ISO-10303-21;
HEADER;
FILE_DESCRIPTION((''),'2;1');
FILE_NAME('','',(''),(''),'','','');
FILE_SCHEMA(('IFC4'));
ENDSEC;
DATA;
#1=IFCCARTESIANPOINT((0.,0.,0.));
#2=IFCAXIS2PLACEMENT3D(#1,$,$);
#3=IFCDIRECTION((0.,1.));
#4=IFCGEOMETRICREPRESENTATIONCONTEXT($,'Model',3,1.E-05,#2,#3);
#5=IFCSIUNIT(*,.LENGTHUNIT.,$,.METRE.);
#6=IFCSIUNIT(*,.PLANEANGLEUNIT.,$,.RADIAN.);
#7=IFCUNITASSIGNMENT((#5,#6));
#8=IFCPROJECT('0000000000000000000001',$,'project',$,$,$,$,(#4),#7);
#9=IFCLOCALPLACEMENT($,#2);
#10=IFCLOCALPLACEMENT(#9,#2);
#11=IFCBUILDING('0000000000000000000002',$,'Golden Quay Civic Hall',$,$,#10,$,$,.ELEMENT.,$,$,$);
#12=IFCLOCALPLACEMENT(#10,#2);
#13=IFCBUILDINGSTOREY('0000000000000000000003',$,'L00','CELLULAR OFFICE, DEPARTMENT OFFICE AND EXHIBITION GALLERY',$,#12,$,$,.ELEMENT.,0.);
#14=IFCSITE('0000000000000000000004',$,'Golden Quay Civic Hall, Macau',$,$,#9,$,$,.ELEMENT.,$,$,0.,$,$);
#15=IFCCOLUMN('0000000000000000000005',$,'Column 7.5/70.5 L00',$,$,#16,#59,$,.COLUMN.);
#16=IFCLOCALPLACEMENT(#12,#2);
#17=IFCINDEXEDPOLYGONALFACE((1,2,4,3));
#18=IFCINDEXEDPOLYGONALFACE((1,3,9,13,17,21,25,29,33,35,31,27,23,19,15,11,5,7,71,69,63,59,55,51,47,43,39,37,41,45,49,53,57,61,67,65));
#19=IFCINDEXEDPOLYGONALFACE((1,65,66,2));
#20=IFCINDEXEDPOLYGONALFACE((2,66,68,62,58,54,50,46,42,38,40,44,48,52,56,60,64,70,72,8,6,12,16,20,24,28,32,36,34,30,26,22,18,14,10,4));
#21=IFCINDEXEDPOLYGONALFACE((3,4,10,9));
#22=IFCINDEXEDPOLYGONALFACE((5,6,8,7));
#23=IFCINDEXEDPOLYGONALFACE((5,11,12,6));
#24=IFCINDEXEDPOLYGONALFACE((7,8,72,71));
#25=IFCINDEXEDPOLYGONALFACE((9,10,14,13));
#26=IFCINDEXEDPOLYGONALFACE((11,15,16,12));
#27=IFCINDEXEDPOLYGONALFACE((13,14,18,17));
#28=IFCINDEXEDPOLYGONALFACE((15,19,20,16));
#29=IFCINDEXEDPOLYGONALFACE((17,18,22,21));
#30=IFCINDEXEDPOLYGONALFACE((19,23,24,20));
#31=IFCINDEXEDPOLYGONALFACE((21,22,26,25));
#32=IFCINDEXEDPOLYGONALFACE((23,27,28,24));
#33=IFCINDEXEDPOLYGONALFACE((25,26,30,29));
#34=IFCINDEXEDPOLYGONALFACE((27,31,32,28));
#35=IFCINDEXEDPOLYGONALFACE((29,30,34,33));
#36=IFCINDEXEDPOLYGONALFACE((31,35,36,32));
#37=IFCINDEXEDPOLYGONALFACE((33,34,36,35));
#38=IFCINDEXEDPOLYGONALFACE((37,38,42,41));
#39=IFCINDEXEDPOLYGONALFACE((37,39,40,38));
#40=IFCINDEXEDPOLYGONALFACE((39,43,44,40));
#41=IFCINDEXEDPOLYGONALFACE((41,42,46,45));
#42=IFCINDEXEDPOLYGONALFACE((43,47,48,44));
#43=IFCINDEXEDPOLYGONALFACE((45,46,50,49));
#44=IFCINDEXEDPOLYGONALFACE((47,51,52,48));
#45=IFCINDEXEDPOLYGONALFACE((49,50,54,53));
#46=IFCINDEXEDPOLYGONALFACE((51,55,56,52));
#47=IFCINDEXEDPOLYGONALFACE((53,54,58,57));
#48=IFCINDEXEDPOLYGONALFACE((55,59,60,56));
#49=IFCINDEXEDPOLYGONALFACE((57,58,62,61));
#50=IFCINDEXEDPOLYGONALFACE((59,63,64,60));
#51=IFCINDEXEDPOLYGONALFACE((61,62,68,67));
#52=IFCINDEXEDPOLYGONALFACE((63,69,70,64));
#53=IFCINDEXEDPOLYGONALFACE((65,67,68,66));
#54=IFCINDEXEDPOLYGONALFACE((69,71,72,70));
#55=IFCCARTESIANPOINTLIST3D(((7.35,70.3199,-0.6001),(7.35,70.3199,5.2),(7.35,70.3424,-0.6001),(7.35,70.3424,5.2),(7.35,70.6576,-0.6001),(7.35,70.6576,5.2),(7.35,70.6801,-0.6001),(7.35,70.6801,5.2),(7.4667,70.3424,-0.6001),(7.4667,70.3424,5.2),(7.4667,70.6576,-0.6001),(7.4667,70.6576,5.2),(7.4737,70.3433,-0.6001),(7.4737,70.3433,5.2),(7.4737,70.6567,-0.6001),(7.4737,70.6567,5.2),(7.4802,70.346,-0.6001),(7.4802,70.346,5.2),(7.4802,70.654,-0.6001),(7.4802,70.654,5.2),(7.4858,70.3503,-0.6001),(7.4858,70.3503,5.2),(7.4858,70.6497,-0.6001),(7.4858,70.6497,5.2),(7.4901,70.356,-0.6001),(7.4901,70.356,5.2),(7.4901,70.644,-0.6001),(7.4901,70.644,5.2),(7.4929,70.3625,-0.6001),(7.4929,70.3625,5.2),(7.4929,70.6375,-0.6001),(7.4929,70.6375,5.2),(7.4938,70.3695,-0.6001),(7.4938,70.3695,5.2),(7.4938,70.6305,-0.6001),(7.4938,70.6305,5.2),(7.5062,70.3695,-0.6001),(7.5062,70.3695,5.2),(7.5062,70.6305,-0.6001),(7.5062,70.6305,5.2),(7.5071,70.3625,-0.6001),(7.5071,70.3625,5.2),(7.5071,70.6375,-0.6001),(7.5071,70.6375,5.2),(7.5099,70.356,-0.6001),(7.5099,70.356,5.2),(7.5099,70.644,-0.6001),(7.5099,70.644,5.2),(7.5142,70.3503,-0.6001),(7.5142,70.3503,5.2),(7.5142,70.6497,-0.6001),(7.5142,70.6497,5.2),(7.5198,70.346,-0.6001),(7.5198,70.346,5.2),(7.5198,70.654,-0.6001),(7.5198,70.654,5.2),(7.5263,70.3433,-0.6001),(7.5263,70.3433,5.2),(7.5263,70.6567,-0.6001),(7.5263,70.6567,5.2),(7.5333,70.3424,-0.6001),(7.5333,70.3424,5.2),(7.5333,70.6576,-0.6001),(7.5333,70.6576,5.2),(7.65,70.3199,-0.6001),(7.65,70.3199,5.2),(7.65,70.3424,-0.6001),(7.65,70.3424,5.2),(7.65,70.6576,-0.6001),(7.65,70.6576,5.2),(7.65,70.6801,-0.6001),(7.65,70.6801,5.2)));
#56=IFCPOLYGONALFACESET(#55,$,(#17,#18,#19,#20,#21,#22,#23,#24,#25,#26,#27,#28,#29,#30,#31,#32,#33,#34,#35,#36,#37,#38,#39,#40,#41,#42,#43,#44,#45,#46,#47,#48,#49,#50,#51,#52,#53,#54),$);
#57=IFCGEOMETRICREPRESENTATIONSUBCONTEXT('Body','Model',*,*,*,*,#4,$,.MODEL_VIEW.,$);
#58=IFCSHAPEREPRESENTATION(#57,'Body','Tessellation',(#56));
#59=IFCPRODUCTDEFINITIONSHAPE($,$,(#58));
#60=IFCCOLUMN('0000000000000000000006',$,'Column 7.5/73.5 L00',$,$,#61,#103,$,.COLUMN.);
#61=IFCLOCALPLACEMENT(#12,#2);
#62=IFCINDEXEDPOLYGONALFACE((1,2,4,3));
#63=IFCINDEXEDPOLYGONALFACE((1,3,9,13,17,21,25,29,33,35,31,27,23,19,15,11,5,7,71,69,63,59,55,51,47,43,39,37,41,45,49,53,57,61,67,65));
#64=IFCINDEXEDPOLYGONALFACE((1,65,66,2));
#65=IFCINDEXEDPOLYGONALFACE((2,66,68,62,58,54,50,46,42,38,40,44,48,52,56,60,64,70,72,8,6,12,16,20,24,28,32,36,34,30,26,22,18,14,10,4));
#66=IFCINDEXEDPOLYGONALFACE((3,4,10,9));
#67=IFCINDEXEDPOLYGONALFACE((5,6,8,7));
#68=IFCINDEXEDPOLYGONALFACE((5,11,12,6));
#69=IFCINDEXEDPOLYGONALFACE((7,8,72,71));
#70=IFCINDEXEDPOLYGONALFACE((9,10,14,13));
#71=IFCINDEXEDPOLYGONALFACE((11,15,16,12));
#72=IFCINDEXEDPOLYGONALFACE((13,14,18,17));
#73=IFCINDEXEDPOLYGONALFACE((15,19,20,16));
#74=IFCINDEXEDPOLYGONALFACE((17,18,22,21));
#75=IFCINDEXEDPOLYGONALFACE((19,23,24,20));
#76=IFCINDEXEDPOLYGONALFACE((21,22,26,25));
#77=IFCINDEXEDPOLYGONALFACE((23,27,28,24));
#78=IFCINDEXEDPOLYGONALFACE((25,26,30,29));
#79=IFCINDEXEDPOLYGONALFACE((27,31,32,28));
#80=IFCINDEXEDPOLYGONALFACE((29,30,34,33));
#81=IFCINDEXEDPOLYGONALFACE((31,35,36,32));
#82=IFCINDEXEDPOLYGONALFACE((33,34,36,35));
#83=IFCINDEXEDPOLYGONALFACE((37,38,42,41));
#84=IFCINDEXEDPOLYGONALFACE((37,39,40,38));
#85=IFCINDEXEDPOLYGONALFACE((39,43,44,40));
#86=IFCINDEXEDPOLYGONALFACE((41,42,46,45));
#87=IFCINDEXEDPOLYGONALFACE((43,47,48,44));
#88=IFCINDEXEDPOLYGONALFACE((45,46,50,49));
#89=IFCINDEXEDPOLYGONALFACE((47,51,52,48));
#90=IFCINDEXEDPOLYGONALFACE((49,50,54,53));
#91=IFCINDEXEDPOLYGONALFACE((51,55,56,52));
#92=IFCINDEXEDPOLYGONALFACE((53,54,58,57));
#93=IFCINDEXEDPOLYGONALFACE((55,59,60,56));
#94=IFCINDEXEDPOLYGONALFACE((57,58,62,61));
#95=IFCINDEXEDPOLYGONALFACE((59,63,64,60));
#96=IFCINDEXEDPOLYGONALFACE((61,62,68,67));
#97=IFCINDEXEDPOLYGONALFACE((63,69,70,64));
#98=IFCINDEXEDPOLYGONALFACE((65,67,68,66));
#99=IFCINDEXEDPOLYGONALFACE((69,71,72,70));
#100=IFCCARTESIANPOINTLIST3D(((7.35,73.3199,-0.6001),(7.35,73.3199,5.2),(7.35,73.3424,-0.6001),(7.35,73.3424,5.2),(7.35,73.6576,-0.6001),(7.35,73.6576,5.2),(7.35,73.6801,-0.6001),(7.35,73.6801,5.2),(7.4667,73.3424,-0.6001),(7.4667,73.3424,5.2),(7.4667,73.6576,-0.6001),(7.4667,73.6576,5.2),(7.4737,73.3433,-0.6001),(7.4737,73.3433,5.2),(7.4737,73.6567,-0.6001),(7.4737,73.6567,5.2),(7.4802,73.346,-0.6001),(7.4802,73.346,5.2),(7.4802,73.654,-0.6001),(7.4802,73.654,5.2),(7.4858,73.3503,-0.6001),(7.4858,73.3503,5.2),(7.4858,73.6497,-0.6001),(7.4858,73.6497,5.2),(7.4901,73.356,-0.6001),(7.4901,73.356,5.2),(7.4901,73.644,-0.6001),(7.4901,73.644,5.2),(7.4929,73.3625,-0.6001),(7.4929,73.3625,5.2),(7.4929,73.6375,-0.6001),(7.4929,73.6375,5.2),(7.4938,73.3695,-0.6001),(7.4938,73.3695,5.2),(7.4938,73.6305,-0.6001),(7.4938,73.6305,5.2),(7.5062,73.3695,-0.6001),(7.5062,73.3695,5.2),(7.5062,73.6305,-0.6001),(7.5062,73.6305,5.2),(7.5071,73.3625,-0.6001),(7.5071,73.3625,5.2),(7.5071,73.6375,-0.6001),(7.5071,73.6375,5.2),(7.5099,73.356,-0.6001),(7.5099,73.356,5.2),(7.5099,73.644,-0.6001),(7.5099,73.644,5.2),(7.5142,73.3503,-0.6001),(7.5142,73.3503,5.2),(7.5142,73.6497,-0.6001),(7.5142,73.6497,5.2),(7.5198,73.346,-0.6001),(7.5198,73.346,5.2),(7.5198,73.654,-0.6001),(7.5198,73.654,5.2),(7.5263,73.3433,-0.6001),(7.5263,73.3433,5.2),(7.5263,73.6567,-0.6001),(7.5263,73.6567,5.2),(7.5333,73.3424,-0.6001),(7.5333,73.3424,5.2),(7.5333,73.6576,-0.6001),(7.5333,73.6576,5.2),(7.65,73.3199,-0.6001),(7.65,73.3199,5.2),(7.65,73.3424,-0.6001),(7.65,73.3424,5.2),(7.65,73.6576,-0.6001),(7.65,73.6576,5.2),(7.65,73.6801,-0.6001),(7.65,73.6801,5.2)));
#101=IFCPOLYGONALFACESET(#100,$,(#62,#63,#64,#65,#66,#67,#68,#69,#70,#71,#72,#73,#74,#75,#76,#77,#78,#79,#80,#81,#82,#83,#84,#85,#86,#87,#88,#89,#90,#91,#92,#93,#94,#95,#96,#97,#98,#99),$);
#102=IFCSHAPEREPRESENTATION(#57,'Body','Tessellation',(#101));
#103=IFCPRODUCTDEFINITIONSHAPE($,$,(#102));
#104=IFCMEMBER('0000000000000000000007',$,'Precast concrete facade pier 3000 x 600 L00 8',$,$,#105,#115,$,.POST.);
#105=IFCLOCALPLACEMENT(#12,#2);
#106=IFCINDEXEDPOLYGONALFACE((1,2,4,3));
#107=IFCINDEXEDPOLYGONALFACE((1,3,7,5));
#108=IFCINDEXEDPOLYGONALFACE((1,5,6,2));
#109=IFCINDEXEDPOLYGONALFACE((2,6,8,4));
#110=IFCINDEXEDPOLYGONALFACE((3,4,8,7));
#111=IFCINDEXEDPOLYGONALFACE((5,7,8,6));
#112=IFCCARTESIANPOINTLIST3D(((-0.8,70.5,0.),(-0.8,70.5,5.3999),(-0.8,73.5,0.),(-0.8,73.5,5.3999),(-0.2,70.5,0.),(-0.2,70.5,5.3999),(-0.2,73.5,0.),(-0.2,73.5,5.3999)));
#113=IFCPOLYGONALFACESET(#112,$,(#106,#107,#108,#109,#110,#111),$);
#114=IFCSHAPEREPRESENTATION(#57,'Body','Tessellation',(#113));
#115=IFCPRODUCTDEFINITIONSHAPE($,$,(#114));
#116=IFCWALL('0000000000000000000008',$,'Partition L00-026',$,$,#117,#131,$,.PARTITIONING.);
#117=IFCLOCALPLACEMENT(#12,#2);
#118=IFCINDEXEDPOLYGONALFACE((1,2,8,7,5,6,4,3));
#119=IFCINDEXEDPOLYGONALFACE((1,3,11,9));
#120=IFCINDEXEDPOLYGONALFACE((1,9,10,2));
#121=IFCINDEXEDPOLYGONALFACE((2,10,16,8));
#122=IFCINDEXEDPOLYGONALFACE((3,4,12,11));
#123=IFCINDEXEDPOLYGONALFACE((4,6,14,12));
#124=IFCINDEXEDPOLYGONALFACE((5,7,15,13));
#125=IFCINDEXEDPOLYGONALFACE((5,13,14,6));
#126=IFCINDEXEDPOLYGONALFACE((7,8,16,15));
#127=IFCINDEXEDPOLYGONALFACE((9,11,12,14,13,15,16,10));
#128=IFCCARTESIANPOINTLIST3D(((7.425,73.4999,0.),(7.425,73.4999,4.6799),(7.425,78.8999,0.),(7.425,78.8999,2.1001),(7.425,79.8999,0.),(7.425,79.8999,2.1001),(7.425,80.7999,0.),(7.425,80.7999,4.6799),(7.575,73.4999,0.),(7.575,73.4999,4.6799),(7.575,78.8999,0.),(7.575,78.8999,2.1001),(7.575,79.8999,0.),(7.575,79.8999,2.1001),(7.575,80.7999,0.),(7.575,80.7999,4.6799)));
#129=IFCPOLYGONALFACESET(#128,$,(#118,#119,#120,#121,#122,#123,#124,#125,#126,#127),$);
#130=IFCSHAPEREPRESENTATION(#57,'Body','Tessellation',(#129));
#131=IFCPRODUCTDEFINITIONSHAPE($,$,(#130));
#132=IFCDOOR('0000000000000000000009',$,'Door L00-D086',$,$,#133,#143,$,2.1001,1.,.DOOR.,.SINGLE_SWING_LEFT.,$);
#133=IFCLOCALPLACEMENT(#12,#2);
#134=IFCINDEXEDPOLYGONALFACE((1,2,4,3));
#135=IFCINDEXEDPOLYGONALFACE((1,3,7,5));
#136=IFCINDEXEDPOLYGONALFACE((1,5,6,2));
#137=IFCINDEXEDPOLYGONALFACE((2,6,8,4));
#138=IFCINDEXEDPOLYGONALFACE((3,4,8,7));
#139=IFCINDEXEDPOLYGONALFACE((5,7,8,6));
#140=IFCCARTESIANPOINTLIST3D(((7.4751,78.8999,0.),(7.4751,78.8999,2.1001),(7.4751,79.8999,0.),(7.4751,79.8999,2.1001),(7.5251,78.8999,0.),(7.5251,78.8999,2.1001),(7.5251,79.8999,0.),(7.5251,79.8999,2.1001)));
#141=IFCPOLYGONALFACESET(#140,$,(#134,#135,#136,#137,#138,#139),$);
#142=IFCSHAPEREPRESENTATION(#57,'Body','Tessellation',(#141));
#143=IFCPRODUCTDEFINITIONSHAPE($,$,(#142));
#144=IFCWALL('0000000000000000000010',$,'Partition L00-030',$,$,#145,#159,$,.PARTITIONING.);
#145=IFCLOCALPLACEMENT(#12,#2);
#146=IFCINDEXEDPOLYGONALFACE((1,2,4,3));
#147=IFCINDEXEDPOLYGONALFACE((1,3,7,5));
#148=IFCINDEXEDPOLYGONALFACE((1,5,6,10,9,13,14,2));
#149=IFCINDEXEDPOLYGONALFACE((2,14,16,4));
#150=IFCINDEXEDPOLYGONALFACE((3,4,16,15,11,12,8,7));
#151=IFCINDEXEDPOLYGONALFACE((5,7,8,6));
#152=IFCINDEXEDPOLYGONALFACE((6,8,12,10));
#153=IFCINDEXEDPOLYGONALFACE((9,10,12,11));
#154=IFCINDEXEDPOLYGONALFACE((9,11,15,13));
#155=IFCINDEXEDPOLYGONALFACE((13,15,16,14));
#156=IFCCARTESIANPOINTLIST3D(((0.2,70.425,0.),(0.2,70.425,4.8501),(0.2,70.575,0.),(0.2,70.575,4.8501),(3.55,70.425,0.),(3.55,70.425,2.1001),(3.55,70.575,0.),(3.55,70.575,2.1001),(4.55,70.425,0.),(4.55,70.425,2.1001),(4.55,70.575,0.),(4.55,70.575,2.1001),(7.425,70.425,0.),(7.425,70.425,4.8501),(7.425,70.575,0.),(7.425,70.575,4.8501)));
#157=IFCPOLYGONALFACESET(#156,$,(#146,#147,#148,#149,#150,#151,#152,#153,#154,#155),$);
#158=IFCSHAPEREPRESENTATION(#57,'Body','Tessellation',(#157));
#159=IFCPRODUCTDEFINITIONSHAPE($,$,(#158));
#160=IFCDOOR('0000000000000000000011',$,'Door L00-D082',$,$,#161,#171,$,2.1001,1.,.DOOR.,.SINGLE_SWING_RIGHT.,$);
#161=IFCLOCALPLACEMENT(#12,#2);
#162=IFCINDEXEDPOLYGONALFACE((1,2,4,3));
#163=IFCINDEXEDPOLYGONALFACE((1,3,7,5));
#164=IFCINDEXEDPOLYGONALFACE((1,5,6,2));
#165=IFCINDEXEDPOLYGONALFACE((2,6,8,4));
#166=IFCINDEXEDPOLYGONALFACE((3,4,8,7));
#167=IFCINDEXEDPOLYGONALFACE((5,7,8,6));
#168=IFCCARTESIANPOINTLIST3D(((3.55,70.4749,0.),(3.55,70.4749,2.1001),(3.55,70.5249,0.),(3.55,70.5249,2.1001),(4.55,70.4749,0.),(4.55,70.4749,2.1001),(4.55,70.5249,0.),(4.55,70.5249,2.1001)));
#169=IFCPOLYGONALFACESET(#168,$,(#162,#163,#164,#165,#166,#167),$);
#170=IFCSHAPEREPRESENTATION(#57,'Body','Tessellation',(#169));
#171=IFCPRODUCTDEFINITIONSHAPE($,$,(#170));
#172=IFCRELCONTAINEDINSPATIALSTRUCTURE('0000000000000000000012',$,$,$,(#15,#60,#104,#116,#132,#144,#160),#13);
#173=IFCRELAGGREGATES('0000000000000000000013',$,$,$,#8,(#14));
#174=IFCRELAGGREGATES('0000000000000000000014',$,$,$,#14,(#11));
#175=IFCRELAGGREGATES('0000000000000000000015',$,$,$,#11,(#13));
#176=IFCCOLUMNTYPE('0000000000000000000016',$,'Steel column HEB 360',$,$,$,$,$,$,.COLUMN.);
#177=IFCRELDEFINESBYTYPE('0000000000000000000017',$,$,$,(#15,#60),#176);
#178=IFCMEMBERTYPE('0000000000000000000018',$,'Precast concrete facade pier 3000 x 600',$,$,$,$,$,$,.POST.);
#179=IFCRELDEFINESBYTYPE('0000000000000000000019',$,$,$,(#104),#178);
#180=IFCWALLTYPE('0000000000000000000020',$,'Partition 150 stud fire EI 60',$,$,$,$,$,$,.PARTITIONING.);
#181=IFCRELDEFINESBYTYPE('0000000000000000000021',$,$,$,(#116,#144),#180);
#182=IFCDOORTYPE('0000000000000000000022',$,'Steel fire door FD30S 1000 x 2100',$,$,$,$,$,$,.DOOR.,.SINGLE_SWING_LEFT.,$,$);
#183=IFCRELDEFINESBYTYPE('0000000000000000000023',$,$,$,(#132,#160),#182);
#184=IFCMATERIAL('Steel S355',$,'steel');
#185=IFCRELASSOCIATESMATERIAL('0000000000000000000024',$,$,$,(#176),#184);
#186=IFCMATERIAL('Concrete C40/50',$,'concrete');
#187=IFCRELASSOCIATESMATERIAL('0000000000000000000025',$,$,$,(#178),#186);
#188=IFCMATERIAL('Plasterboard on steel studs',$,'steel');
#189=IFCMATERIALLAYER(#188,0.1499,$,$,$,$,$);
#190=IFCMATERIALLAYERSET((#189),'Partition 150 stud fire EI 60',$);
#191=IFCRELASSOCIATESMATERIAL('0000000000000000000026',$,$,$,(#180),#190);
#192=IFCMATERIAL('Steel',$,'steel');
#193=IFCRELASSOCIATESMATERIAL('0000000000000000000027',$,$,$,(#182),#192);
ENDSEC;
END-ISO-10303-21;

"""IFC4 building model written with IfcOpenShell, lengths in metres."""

from ifc_helpers import new_model, si_unit, direction, frame, frame_2d, origin, origin_2d, place, context, subcontext, project, spatial, rectangle, i_section, extrude, material, layer, layer_set, material_profile, profile_set, type_object, element, fill, save


model = new_model("IFC4")

# Units and contexts
model_context = context("Model", 3, precision=1e-05, world=origin(), true_north=direction((0.0, 1.0)))
body_context = subcontext(model_context, "Body", "Model", "MODEL_VIEW")
ifc_project = project(units=[si_unit("LENGTHUNIT", "METRE"), si_unit("PLANEANGLEUNIT", "RADIAN")], contexts=[model_context])

# Site, building, storey
site_placement = place(None, origin())
site = spatial("IfcSite", under=ifc_project, at=site_placement, Name="Golden Quay Civic Hall, Macau", CompositionType="ELEMENT", RefElevation=0.0)
building_placement = place(site_placement, origin())
building = spatial("IfcBuilding", under=site, at=building_placement, Name="Golden Quay Civic Hall", CompositionType="ELEMENT")
storey_placement = place(building_placement, origin())
storey = spatial("IfcBuildingStorey", under=building, at=storey_placement, Name="L00", Description="CELLULAR OFFICE, DEPARTMENT OFFICE AND EXHIBITION GALLERY", CompositionType="ELEMENT", Elevation=0.0)

# Columns
ifc_material_1 = material(Name="Steel S355", Category="steel")
ifc_material_profile_1 = material_profile(ifc_material_1, i_section(OverallWidth=0.3, OverallDepth=0.3601, WebThickness=0.0125, FlangeThickness=0.0225, FilletRadius=0.0271, at=origin_2d()), Name="HEB 360")
ifc_profile_set_1 = profile_set([ifc_material_profile_1], Name="Steel S355")
column_type_1 = type_object("IfcColumnType", Name="Steel column HEB 360", PredefinedType="COLUMN", material=ifc_profile_set_1)
for number, where, z_axis, x_axis, name in (
    (1, (7.5, 70.5, -0.6001), (0.0, 0.0, 1.0), (1.0, 0.0, 0.0), "Column 7.5/70.5 L00"),
    (2, (7.5, 73.5, -0.6001), (0.0, 0.0, 1.0), (1.0, 0.0, 0.0), "Column 7.5/73.5 L00"),
):
    element("IfcColumn", number, at=place(storey_placement, frame(where, z_axis=z_axis, x_axis=x_axis)), inside=storey, type_object=column_type_1, Name=name, PredefinedType="COLUMN", context=body_context, shape_type="SweptSolid", body=[
        extrude(i_section(OverallWidth=0.3, OverallDepth=0.3601, WebThickness=0.0125, FlangeThickness=0.0225, FilletRadius=0.0271, at=origin_2d()), origin(), (0.0, 0.0, 1.0), 5.8),
    ])

# Member
ifc_material_2 = material(Name="Concrete C40/50", Category="concrete")
ifc_material_profile_2 = material_profile(ifc_material_2, rectangle(XDim=3.0, YDim=0.6001, at=origin_2d()), Name="RC 3000x600")
ifc_profile_set_2 = profile_set([ifc_material_profile_2], Name="Concrete C40/50")
member_type = type_object("IfcMemberType", Name="Precast concrete facade pier 3000 x 600", PredefinedType="POST", material=ifc_profile_set_2)
member_placement = place(storey_placement, frame((-0.5, 72.0, 0.0), z_axis=(0.0, 0.0, 1.0), x_axis=(0.0, 1.0, 0.0)))
element("IfcMember", 3, at=member_placement, inside=storey, type_object=member_type, Name="Precast concrete facade pier 3000 x 600 L00 8", PredefinedType="POST", context=body_context, shape_type="SweptSolid", body=[
    extrude(rectangle(XDim=3.0, YDim=0.6001, at=origin_2d()), origin(), (0.0, 0.0, 1.0), 5.3999),
])

# Walls, openings, doors
ifc_material_3 = material(Name="Plasterboard on steel studs", Category="steel")
ifc_layer_1 = layer(ifc_material_3, 0.1499)
ifc_layer_set_1 = layer_set([ifc_layer_1], Name="Partition 150 stud fire EI 60")
wall_type_1 = type_object("IfcWallType", Name="Partition 150 stud fire EI 60", PredefinedType="PARTITIONING", material=ifc_layer_set_1)
wall_1_placement = place(storey_placement, frame((7.5, 73.5, 0.0), z_axis=(0.0, 0.0, 1.0), x_axis=(0.0, 1.0, 0.0)))
wall_1 = element("IfcWall", 4, at=wall_1_placement, inside=storey, type_object=wall_type_1, Name="Partition L00-026", PredefinedType="PARTITIONING", context=body_context, shape_type="SweptSolid", body=[
    extrude(rectangle(XDim=7.3, YDim=0.1499, at=frame_2d((3.6499, 0.0))), origin(), (0.0, 0.0, 1.0), 4.6799),
])
opening_1_placement = place(wall_1_placement, frame((5.3999, 0.0, 0.0)))
opening_1 = element("IfcOpeningElement", 5, at=opening_1_placement, cuts=wall_1, PredefinedType="OPENING", context=body_context, shape_type="SweptSolid", body=[
    extrude(rectangle(XDim=1.0, YDim=2.1001, at=frame_2d((0.5, 1.05))), frame((0.0, 0.085, 0.0), z_axis=(0.0, -1.0, 0.0), x_axis=(1.0, 0.0, 0.0)), (0.0, 0.0, 1.0), 0.1699),
])
ifc_material_4 = material(Name="Steel", Category="steel")
door_type = type_object("IfcDoorType", Name="Steel fire door FD30S 1000 x 2100", OperationType="SINGLE_SWING_LEFT", PredefinedType="DOOR", material=ifc_material_4)
door_1_placement = place(opening_1_placement, origin())
door_1 = element("IfcDoor", 6, at=door_1_placement, inside=storey, type_object=door_type, Name="Door L00-D086", OperationType="SINGLE_SWING_LEFT", OverallHeight=2.1001, OverallWidth=1.0, PredefinedType="DOOR", context=body_context, shape_type="SweptSolid", body=[
    extrude(rectangle(XDim=1.0, YDim=2.1001, at=frame_2d((0.5, 1.05))), frame((0.0, 0.0249, 0.0), z_axis=(0.0, -1.0, 0.0), x_axis=(1.0, 0.0, 0.0)), (0.0, 0.0, 1.0), 0.05),
])
fill(opening_1, door_1)
wall_2_placement = place(storey_placement, frame((0.2, 70.5, 0.0), z_axis=(0.0, 0.0, 1.0), x_axis=(1.0, 0.0, 0.0)))
wall_2 = element("IfcWall", 7, at=wall_2_placement, inside=storey, type_object=wall_type_1, Name="Partition L00-030", PredefinedType="PARTITIONING", context=body_context, shape_type="SweptSolid", body=[
    extrude(rectangle(XDim=7.2251, YDim=0.1499, at=frame_2d((3.6125, 0.0))), origin(), (0.0, 0.0, 1.0), 4.8501),
])
opening_2_placement = place(wall_2_placement, frame((3.3501, 0.0, 0.0)))
opening_2 = element("IfcOpeningElement", 8, at=opening_2_placement, cuts=wall_2, PredefinedType="OPENING", context=body_context, shape_type="SweptSolid", body=[
    extrude(rectangle(XDim=1.0, YDim=2.1001, at=frame_2d((0.5, 1.05))), frame((0.0, 0.085, 0.0), z_axis=(0.0, -1.0, 0.0), x_axis=(1.0, 0.0, 0.0)), (0.0, 0.0, 1.0), 0.1699),
])
door_2_placement = place(opening_2_placement, frame((1.0, 0.0, 0.0), z_axis=(0.0, 0.0, 1.0), x_axis=(-1.0, 0.0, 0.0)))
door_2 = element("IfcDoor", 9, at=door_2_placement, inside=storey, type_object=door_type, Name="Door L00-D082", OperationType="SINGLE_SWING_RIGHT", OverallHeight=2.1001, OverallWidth=1.0, PredefinedType="DOOR", context=body_context, shape_type="SweptSolid", body=[
    extrude(rectangle(XDim=1.0, YDim=2.1001, at=frame_2d((0.5, 1.05))), frame((0.0, 0.0251, 0.0), z_axis=(0.0, -1.0, 0.0), x_axis=(1.0, 0.0, 0.0)), (0.0, 0.0, 1.0), 0.05),
])
fill(opening_2, door_2)

save(model, "model.ifc")
